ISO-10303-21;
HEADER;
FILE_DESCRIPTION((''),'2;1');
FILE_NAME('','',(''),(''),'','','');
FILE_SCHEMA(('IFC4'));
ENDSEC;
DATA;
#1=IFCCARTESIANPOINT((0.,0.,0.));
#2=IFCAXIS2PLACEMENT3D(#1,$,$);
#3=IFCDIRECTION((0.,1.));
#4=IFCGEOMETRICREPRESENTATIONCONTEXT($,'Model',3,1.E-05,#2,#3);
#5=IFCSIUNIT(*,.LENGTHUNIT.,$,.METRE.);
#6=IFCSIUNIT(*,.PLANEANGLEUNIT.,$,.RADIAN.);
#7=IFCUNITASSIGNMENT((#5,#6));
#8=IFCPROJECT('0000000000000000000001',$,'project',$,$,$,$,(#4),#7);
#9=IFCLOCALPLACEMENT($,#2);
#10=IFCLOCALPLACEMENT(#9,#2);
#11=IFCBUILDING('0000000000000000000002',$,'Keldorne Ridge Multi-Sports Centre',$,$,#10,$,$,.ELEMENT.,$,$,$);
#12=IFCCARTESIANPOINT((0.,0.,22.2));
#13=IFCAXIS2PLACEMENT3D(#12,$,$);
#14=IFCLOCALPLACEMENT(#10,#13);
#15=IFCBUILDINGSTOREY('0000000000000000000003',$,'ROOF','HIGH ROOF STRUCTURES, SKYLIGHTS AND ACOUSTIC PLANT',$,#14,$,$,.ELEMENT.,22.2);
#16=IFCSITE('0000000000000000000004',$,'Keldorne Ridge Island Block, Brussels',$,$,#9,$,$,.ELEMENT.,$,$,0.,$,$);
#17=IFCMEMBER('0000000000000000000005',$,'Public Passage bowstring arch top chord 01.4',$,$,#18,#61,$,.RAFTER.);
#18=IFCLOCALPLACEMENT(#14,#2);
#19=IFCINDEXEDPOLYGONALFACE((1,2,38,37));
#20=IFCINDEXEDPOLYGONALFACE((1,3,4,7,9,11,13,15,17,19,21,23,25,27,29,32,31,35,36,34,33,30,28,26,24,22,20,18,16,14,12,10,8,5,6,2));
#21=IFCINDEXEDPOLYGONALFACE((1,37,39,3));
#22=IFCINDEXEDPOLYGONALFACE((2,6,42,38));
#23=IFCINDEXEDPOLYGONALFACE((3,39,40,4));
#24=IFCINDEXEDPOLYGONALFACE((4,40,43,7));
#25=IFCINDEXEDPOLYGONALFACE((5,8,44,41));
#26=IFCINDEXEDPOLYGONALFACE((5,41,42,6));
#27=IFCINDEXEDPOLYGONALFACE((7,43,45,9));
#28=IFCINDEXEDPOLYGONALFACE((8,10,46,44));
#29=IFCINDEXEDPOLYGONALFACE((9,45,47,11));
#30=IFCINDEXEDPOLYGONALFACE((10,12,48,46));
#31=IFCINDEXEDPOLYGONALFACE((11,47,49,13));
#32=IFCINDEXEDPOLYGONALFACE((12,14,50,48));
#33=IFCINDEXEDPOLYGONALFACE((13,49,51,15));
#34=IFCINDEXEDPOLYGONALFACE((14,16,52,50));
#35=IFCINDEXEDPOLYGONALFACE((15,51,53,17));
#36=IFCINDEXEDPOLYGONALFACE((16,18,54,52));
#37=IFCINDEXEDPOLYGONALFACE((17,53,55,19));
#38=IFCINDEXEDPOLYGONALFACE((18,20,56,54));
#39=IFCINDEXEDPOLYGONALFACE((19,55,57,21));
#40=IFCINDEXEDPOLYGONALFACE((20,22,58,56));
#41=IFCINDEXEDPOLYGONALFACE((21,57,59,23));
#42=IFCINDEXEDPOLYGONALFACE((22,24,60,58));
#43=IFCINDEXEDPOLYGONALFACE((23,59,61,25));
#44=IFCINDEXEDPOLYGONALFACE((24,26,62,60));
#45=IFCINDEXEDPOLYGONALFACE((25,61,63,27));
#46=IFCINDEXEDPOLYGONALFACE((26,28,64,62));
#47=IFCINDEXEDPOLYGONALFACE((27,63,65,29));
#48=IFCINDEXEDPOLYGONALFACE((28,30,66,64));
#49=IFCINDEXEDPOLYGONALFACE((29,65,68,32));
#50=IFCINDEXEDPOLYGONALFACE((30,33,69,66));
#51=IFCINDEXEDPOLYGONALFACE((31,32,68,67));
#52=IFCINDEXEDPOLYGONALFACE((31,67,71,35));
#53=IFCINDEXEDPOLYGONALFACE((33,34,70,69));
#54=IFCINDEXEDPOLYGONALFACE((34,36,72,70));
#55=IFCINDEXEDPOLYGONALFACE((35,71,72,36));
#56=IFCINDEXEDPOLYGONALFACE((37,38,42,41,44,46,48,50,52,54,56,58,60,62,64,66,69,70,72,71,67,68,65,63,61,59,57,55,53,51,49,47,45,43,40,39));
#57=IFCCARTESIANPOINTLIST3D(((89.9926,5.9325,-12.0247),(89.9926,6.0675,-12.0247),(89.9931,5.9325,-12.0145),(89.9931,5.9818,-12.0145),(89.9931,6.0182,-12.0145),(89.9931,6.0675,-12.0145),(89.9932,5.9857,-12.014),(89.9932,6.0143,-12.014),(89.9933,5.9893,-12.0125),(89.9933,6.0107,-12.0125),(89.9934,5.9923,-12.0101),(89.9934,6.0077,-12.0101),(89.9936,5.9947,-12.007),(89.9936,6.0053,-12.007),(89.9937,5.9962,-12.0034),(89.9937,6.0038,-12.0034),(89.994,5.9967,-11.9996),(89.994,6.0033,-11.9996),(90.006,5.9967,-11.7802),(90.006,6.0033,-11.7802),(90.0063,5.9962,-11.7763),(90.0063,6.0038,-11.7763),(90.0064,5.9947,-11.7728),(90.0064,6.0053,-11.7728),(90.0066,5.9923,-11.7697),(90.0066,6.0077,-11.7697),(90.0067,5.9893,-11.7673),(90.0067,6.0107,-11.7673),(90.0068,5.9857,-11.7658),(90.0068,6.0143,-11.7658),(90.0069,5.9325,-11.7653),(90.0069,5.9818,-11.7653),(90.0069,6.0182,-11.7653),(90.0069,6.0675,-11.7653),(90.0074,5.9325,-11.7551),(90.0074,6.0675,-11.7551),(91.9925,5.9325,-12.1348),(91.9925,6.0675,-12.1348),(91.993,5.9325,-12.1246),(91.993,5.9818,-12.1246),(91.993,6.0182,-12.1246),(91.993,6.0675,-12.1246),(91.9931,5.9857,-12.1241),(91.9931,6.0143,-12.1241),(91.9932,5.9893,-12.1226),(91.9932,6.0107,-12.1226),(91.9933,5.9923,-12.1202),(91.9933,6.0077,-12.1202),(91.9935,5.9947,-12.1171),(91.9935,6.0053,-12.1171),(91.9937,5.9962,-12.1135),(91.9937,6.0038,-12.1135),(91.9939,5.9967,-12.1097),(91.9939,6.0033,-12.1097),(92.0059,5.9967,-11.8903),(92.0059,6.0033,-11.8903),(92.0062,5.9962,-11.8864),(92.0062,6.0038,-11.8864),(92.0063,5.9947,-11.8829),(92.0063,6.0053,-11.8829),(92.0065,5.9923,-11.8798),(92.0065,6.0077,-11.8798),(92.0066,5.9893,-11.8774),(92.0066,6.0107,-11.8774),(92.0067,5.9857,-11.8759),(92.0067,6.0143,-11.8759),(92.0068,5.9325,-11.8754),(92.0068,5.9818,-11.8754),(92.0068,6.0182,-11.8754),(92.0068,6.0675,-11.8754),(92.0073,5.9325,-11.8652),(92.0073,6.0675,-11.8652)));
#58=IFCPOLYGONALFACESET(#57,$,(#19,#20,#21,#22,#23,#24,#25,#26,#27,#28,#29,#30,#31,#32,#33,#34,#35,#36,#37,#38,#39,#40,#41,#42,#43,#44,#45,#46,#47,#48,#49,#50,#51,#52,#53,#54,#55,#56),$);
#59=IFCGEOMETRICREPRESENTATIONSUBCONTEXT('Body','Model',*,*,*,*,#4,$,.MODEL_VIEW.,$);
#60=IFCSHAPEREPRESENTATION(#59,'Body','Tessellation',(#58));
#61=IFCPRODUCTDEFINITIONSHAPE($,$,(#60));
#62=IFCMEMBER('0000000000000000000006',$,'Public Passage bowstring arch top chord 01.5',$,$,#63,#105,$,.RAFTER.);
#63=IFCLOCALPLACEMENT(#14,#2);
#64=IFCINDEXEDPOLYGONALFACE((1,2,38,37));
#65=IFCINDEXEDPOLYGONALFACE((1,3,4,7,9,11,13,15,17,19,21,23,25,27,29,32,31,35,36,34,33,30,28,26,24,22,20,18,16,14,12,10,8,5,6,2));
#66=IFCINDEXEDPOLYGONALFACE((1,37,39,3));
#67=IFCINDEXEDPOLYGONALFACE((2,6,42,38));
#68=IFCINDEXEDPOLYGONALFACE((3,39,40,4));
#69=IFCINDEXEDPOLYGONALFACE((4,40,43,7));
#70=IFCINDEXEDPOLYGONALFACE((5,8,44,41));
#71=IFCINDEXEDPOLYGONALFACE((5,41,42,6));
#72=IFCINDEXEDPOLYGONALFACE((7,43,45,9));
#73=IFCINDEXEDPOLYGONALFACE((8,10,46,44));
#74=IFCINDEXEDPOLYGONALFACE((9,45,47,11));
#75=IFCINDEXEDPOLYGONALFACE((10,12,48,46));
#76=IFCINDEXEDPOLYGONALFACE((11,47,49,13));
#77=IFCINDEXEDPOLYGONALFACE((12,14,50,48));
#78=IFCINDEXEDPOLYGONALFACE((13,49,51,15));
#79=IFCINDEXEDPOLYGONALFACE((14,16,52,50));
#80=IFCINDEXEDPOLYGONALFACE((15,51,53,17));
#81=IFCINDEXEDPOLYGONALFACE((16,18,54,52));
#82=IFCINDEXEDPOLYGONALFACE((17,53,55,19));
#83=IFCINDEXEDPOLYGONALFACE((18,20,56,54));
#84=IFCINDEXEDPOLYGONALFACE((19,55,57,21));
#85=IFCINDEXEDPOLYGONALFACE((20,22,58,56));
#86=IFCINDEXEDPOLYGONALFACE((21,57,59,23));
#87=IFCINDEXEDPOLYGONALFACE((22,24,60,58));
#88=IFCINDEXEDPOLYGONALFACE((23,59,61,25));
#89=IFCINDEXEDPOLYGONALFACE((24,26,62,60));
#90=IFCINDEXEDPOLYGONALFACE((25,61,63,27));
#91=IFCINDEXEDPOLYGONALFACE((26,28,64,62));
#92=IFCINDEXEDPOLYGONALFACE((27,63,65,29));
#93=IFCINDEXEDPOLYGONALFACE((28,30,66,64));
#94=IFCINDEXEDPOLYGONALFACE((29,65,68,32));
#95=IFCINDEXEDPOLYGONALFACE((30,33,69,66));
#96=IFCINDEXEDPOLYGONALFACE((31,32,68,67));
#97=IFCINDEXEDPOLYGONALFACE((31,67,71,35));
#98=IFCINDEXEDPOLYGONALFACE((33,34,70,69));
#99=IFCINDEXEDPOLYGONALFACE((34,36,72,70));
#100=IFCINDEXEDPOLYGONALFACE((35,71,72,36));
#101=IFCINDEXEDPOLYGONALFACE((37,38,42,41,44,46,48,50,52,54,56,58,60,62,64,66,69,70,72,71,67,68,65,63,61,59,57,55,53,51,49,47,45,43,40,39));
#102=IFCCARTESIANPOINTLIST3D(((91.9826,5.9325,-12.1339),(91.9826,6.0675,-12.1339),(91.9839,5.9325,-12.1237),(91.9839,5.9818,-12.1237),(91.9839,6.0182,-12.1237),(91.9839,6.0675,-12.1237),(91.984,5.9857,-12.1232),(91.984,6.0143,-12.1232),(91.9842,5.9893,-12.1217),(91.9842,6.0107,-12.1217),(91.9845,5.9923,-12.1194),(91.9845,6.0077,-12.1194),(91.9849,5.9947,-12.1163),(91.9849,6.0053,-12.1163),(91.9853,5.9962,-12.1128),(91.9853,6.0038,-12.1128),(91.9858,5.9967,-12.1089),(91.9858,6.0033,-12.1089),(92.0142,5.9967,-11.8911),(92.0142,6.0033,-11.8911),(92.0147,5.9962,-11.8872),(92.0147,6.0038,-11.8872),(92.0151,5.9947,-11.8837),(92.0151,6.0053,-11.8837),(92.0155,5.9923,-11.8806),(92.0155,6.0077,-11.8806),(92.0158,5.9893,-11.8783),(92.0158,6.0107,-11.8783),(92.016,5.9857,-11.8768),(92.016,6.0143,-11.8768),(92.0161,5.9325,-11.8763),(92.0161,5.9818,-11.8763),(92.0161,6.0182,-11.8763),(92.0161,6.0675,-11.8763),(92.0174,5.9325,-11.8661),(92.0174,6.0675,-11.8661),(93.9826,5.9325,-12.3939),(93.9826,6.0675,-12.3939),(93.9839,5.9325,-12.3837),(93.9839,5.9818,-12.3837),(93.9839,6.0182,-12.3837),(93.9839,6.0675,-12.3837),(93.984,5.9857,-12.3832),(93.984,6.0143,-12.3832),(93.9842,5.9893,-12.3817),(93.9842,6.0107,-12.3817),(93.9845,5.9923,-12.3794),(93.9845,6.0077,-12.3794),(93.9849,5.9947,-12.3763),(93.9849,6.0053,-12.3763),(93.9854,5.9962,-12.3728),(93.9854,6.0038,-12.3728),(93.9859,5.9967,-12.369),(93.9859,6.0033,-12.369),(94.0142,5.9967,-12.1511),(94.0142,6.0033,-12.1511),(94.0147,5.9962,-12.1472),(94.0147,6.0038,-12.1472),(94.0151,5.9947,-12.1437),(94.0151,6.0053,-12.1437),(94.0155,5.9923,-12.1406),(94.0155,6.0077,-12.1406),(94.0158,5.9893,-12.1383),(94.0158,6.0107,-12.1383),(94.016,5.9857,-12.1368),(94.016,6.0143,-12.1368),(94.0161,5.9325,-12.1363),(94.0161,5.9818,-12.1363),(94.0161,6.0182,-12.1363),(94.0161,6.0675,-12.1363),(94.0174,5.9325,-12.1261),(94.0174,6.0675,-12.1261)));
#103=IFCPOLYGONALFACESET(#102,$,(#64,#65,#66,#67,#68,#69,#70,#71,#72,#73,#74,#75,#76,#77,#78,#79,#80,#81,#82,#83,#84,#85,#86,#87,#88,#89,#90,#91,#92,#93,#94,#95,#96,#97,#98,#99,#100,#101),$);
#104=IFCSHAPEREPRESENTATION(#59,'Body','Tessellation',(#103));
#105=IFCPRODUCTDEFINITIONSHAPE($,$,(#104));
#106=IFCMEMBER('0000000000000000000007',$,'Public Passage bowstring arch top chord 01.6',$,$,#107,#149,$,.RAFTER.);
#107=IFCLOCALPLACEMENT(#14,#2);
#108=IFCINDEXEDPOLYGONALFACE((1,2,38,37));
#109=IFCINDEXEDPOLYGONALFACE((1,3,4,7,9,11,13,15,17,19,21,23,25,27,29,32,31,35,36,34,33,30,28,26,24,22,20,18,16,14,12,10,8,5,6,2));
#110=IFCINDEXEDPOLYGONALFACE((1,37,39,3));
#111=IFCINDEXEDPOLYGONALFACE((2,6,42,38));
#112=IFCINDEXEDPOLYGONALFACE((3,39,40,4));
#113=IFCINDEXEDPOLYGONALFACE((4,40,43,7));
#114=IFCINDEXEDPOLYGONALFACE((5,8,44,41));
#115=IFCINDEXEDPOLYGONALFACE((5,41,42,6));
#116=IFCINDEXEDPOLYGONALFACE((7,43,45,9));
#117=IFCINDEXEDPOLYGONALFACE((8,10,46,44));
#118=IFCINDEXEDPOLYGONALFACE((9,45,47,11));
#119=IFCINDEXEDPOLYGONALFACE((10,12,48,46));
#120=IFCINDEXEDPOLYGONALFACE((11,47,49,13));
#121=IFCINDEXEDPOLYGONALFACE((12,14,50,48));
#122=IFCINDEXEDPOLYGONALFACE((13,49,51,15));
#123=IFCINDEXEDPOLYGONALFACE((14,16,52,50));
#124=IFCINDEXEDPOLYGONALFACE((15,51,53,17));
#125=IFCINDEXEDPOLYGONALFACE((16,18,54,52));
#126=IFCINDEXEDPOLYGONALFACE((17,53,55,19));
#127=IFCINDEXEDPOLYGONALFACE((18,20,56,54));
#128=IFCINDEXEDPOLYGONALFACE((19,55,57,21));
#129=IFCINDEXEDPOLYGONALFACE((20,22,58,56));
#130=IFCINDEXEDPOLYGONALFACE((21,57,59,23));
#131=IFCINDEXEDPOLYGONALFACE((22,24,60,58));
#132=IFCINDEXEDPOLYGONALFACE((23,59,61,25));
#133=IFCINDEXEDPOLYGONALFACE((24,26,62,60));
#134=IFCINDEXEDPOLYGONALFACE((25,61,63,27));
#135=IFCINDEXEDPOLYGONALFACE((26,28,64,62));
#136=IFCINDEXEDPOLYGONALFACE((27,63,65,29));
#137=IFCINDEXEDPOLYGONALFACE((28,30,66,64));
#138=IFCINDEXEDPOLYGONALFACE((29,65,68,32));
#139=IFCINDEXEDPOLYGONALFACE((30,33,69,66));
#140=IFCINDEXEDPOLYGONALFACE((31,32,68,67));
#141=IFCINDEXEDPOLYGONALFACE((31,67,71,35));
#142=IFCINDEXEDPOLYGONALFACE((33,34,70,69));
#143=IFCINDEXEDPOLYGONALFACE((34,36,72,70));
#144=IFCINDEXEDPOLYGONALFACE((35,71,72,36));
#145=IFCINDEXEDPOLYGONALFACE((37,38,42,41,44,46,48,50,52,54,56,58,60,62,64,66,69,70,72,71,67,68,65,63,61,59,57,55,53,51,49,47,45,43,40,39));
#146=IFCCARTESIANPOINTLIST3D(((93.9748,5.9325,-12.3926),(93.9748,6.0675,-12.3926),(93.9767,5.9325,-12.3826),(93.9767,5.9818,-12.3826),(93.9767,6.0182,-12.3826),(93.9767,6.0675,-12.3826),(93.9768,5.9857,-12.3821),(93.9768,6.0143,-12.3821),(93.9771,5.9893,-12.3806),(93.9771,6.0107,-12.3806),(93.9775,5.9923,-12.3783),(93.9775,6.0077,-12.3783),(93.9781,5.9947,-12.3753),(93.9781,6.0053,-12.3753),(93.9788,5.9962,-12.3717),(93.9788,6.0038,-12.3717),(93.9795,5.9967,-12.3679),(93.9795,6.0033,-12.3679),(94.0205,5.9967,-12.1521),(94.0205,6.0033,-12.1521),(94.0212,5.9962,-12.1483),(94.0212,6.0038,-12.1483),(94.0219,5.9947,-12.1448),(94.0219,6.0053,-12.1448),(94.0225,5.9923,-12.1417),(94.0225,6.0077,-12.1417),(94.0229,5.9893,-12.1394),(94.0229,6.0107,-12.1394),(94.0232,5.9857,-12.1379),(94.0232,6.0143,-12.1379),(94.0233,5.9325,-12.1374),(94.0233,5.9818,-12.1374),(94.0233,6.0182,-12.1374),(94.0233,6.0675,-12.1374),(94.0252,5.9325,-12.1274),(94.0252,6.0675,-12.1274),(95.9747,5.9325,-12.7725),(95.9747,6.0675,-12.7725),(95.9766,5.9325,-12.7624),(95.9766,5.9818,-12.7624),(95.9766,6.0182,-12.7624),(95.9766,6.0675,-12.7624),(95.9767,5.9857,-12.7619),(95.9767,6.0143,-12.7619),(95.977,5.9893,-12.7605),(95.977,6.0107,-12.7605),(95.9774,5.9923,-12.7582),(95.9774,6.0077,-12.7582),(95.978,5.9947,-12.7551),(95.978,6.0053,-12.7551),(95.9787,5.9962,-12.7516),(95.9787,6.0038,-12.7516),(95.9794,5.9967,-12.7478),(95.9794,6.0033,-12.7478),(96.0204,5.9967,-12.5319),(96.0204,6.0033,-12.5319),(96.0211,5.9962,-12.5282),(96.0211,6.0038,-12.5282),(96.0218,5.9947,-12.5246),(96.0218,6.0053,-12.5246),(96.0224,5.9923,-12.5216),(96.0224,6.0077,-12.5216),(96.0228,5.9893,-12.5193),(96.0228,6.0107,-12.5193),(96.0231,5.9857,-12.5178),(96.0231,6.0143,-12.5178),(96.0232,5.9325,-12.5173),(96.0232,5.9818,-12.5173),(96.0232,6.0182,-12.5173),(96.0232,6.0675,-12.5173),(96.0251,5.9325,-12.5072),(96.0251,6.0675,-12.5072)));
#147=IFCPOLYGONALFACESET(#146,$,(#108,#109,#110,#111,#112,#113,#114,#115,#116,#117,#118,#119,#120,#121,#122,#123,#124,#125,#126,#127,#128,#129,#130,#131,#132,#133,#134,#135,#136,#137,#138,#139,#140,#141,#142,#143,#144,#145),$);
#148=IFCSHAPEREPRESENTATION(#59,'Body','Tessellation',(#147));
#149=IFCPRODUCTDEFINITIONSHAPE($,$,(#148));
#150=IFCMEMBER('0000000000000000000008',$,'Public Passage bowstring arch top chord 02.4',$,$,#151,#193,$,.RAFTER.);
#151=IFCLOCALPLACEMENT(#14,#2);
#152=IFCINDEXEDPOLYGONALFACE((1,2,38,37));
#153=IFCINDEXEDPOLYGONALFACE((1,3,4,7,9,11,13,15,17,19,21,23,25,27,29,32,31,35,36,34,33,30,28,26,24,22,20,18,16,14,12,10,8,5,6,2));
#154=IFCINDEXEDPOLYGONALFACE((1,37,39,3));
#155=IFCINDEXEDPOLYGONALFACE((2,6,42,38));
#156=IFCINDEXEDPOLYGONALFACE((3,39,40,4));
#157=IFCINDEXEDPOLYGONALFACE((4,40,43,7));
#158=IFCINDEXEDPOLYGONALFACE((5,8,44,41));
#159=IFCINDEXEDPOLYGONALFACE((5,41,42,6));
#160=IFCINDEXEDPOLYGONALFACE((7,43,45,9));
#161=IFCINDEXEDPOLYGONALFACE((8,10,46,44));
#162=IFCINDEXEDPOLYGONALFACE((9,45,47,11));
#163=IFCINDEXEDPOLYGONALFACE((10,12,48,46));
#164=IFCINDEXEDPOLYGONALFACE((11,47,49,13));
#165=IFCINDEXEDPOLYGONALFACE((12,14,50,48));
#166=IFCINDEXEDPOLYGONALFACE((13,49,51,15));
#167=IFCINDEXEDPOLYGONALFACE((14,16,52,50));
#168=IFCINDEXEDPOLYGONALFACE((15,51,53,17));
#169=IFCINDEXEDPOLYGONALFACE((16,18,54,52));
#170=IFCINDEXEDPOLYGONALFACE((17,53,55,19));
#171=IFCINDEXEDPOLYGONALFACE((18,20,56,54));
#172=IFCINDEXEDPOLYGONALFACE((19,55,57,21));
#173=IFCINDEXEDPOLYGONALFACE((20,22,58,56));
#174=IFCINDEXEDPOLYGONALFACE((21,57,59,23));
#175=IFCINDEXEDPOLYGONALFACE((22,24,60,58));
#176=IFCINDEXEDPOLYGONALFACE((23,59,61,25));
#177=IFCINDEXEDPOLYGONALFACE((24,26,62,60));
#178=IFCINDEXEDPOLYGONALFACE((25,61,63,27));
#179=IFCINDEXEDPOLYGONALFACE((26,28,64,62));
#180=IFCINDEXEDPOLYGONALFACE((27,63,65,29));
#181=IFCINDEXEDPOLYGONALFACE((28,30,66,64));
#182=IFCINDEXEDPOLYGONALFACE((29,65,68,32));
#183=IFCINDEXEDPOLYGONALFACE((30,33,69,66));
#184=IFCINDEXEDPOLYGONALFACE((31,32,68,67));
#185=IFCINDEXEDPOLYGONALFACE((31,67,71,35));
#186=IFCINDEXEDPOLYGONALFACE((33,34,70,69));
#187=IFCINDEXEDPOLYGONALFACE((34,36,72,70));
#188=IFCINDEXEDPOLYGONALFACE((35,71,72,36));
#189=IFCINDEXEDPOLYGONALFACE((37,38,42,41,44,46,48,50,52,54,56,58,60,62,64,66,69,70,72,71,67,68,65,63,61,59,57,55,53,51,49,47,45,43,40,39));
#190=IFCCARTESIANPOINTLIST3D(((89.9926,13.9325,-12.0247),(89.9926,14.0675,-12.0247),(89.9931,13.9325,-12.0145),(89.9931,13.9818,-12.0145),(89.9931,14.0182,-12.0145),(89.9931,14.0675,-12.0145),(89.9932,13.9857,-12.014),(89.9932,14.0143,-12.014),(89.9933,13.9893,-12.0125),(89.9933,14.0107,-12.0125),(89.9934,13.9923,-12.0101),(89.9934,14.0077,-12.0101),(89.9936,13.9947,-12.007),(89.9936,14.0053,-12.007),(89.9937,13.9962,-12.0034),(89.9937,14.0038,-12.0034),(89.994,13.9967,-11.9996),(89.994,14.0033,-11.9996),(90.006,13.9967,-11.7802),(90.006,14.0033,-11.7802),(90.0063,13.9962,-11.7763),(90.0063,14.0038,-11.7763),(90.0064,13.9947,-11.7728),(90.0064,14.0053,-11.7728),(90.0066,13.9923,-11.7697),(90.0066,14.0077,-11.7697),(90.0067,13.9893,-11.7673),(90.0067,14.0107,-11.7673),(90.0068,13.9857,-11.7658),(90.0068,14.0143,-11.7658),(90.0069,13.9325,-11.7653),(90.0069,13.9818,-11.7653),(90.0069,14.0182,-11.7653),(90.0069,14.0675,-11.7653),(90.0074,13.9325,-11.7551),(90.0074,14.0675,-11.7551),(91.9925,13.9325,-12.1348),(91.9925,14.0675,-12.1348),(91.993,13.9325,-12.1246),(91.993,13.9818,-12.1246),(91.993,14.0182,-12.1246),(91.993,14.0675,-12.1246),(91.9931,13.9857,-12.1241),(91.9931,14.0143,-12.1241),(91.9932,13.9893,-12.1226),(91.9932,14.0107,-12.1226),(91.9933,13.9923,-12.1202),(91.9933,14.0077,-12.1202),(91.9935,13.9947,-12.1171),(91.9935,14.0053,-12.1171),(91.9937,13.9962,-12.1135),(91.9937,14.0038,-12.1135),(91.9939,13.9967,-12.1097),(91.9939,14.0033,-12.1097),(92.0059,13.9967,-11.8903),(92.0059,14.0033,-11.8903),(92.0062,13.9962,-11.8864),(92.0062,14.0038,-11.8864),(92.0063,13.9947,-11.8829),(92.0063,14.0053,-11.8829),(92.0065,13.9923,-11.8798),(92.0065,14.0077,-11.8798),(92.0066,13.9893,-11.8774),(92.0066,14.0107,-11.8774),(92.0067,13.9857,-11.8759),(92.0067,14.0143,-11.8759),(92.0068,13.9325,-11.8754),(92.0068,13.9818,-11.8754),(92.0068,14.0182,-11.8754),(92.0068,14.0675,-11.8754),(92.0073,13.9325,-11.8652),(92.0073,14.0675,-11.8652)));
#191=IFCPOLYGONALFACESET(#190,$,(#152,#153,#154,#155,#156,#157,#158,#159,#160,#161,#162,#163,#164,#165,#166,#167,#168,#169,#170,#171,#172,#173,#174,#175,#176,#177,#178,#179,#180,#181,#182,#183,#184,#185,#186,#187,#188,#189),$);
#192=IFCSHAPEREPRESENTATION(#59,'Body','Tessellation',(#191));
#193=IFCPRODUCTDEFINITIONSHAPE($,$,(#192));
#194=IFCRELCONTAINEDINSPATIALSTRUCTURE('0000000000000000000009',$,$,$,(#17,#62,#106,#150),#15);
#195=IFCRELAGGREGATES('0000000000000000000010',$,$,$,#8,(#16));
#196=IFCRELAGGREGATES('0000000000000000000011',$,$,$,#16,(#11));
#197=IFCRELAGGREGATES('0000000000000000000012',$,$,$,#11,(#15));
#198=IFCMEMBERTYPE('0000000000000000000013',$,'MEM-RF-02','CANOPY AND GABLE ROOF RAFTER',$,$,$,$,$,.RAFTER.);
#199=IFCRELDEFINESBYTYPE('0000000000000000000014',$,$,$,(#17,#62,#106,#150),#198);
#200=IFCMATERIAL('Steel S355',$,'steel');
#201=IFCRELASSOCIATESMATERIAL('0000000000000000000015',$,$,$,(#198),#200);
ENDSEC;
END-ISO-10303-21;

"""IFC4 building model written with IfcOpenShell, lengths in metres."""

from ifc_helpers import new_model, si_unit, direction, frame, origin, origin_2d, place, context, subcontext, project, spatial, i_section, extrude, material, material_profile, profile_set, type_object, element, save


model = new_model("IFC4")

# Units and contexts
model_context = context("Model", 3, precision=1e-05, world=origin(), true_north=direction((0.0, 1.0)))
body_context = subcontext(model_context, "Body", "Model", "MODEL_VIEW")
ifc_project = project(units=[si_unit("LENGTHUNIT", "METRE"), si_unit("PLANEANGLEUNIT", "RADIAN")], contexts=[model_context])

# Site, building, storey
site_placement = place(None, origin())
site = spatial("IfcSite", under=ifc_project, at=site_placement, Name="Keldorne Ridge Island Block, Brussels", CompositionType="ELEMENT", RefElevation=0.0)
building_placement = place(site_placement, origin())
building = spatial("IfcBuilding", under=site, at=building_placement, Name="Keldorne Ridge Multi-Sports Centre", CompositionType="ELEMENT")
storey_placement = place(building_placement, frame((0.0, 0.0, 22.2)))
storey = spatial("IfcBuildingStorey", under=building, at=storey_placement, Name="ROOF", Description="HIGH ROOF STRUCTURES, SKYLIGHTS AND ACOUSTIC PLANT", CompositionType="ELEMENT", Elevation=22.2)

# Members
ifc_material = material(Name="Steel S355", Category="steel")
ifc_material_profile_1 = material_profile(ifc_material, i_section(OverallWidth=0.135, OverallDepth=0.27, WebThickness=0.0066, FlangeThickness=0.0103, FilletRadius=0.0149, at=origin_2d()), Name="IPE 270")
ifc_profile_set_1 = profile_set([ifc_material_profile_1], Name="Steel S355")
member_type_1 = type_object("IfcMemberType", Name="MEM-RF-02", Description="CANOPY AND GABLE ROOF RAFTER", PredefinedType="RAFTER", material=ifc_profile_set_1)
member_1_placement = place(storey_placement, frame((90.0, 6.0, -11.8899), z_axis=(0.998488, 0.0, -0.05497), x_axis=(0.0, 1.0, 0.0)))
element("IfcMember", 1, at=member_1_placement, inside=storey, type_object=member_type_1, Name="Public Passage bowstring arch top chord 01.4", PredefinedType="RAFTER", context=body_context, shape_type="SweptSolid", body=[
    extrude(i_section(OverallWidth=0.135, OverallDepth=0.27, WebThickness=0.0066, FlangeThickness=0.0103, FilletRadius=0.0149, at=origin_2d()), origin(), (0.0, 0.0, 1.0), 2.0029),
])
member_2_placement = place(storey_placement, frame((92.0, 6.0, -12.0), z_axis=(0.991655, 0.0, -0.12892), x_axis=(0.0, 1.0, 0.0)))
element("IfcMember", 2, at=member_2_placement, inside=storey, type_object=member_type_1, Name="Public Passage bowstring arch top chord 01.5", PredefinedType="RAFTER", context=body_context, shape_type="SweptSolid", body=[
    extrude(i_section(OverallWidth=0.135, OverallDepth=0.27, WebThickness=0.0066, FlangeThickness=0.0103, FilletRadius=0.0149, at=origin_2d()), origin(), (0.0, 0.0, 1.0), 2.0168),
])
member_3_placement = place(storey_placement, frame((94.0, 6.0, -12.26), z_axis=(0.982435, 0.0, -0.186605), x_axis=(0.0, 1.0, 0.0)))
element("IfcMember", 3, at=member_3_placement, inside=storey, type_object=member_type_1, Name="Public Passage bowstring arch top chord 01.6", PredefinedType="RAFTER", context=body_context, shape_type="SweptSolid", body=[
    extrude(i_section(OverallWidth=0.135, OverallDepth=0.27, WebThickness=0.0066, FlangeThickness=0.0103, FilletRadius=0.0149, at=origin_2d()), origin(), (0.0, 0.0, 1.0), 2.0356),
])
member_4_placement = place(storey_placement, frame((90.0, 14.0, -11.8899), z_axis=(0.998488, 0.0, -0.05497), x_axis=(0.0, 1.0, 0.0)))
element("IfcMember", 4, at=member_4_placement, inside=storey, type_object=member_type_1, Name="Public Passage bowstring arch top chord 02.4", PredefinedType="RAFTER", context=body_context, shape_type="SweptSolid", body=[
    extrude(i_section(OverallWidth=0.135, OverallDepth=0.27, WebThickness=0.0066, FlangeThickness=0.0103, FilletRadius=0.0149, at=origin_2d()), origin(), (0.0, 0.0, 1.0), 2.0029),
])

save(model, "model.ifc")
